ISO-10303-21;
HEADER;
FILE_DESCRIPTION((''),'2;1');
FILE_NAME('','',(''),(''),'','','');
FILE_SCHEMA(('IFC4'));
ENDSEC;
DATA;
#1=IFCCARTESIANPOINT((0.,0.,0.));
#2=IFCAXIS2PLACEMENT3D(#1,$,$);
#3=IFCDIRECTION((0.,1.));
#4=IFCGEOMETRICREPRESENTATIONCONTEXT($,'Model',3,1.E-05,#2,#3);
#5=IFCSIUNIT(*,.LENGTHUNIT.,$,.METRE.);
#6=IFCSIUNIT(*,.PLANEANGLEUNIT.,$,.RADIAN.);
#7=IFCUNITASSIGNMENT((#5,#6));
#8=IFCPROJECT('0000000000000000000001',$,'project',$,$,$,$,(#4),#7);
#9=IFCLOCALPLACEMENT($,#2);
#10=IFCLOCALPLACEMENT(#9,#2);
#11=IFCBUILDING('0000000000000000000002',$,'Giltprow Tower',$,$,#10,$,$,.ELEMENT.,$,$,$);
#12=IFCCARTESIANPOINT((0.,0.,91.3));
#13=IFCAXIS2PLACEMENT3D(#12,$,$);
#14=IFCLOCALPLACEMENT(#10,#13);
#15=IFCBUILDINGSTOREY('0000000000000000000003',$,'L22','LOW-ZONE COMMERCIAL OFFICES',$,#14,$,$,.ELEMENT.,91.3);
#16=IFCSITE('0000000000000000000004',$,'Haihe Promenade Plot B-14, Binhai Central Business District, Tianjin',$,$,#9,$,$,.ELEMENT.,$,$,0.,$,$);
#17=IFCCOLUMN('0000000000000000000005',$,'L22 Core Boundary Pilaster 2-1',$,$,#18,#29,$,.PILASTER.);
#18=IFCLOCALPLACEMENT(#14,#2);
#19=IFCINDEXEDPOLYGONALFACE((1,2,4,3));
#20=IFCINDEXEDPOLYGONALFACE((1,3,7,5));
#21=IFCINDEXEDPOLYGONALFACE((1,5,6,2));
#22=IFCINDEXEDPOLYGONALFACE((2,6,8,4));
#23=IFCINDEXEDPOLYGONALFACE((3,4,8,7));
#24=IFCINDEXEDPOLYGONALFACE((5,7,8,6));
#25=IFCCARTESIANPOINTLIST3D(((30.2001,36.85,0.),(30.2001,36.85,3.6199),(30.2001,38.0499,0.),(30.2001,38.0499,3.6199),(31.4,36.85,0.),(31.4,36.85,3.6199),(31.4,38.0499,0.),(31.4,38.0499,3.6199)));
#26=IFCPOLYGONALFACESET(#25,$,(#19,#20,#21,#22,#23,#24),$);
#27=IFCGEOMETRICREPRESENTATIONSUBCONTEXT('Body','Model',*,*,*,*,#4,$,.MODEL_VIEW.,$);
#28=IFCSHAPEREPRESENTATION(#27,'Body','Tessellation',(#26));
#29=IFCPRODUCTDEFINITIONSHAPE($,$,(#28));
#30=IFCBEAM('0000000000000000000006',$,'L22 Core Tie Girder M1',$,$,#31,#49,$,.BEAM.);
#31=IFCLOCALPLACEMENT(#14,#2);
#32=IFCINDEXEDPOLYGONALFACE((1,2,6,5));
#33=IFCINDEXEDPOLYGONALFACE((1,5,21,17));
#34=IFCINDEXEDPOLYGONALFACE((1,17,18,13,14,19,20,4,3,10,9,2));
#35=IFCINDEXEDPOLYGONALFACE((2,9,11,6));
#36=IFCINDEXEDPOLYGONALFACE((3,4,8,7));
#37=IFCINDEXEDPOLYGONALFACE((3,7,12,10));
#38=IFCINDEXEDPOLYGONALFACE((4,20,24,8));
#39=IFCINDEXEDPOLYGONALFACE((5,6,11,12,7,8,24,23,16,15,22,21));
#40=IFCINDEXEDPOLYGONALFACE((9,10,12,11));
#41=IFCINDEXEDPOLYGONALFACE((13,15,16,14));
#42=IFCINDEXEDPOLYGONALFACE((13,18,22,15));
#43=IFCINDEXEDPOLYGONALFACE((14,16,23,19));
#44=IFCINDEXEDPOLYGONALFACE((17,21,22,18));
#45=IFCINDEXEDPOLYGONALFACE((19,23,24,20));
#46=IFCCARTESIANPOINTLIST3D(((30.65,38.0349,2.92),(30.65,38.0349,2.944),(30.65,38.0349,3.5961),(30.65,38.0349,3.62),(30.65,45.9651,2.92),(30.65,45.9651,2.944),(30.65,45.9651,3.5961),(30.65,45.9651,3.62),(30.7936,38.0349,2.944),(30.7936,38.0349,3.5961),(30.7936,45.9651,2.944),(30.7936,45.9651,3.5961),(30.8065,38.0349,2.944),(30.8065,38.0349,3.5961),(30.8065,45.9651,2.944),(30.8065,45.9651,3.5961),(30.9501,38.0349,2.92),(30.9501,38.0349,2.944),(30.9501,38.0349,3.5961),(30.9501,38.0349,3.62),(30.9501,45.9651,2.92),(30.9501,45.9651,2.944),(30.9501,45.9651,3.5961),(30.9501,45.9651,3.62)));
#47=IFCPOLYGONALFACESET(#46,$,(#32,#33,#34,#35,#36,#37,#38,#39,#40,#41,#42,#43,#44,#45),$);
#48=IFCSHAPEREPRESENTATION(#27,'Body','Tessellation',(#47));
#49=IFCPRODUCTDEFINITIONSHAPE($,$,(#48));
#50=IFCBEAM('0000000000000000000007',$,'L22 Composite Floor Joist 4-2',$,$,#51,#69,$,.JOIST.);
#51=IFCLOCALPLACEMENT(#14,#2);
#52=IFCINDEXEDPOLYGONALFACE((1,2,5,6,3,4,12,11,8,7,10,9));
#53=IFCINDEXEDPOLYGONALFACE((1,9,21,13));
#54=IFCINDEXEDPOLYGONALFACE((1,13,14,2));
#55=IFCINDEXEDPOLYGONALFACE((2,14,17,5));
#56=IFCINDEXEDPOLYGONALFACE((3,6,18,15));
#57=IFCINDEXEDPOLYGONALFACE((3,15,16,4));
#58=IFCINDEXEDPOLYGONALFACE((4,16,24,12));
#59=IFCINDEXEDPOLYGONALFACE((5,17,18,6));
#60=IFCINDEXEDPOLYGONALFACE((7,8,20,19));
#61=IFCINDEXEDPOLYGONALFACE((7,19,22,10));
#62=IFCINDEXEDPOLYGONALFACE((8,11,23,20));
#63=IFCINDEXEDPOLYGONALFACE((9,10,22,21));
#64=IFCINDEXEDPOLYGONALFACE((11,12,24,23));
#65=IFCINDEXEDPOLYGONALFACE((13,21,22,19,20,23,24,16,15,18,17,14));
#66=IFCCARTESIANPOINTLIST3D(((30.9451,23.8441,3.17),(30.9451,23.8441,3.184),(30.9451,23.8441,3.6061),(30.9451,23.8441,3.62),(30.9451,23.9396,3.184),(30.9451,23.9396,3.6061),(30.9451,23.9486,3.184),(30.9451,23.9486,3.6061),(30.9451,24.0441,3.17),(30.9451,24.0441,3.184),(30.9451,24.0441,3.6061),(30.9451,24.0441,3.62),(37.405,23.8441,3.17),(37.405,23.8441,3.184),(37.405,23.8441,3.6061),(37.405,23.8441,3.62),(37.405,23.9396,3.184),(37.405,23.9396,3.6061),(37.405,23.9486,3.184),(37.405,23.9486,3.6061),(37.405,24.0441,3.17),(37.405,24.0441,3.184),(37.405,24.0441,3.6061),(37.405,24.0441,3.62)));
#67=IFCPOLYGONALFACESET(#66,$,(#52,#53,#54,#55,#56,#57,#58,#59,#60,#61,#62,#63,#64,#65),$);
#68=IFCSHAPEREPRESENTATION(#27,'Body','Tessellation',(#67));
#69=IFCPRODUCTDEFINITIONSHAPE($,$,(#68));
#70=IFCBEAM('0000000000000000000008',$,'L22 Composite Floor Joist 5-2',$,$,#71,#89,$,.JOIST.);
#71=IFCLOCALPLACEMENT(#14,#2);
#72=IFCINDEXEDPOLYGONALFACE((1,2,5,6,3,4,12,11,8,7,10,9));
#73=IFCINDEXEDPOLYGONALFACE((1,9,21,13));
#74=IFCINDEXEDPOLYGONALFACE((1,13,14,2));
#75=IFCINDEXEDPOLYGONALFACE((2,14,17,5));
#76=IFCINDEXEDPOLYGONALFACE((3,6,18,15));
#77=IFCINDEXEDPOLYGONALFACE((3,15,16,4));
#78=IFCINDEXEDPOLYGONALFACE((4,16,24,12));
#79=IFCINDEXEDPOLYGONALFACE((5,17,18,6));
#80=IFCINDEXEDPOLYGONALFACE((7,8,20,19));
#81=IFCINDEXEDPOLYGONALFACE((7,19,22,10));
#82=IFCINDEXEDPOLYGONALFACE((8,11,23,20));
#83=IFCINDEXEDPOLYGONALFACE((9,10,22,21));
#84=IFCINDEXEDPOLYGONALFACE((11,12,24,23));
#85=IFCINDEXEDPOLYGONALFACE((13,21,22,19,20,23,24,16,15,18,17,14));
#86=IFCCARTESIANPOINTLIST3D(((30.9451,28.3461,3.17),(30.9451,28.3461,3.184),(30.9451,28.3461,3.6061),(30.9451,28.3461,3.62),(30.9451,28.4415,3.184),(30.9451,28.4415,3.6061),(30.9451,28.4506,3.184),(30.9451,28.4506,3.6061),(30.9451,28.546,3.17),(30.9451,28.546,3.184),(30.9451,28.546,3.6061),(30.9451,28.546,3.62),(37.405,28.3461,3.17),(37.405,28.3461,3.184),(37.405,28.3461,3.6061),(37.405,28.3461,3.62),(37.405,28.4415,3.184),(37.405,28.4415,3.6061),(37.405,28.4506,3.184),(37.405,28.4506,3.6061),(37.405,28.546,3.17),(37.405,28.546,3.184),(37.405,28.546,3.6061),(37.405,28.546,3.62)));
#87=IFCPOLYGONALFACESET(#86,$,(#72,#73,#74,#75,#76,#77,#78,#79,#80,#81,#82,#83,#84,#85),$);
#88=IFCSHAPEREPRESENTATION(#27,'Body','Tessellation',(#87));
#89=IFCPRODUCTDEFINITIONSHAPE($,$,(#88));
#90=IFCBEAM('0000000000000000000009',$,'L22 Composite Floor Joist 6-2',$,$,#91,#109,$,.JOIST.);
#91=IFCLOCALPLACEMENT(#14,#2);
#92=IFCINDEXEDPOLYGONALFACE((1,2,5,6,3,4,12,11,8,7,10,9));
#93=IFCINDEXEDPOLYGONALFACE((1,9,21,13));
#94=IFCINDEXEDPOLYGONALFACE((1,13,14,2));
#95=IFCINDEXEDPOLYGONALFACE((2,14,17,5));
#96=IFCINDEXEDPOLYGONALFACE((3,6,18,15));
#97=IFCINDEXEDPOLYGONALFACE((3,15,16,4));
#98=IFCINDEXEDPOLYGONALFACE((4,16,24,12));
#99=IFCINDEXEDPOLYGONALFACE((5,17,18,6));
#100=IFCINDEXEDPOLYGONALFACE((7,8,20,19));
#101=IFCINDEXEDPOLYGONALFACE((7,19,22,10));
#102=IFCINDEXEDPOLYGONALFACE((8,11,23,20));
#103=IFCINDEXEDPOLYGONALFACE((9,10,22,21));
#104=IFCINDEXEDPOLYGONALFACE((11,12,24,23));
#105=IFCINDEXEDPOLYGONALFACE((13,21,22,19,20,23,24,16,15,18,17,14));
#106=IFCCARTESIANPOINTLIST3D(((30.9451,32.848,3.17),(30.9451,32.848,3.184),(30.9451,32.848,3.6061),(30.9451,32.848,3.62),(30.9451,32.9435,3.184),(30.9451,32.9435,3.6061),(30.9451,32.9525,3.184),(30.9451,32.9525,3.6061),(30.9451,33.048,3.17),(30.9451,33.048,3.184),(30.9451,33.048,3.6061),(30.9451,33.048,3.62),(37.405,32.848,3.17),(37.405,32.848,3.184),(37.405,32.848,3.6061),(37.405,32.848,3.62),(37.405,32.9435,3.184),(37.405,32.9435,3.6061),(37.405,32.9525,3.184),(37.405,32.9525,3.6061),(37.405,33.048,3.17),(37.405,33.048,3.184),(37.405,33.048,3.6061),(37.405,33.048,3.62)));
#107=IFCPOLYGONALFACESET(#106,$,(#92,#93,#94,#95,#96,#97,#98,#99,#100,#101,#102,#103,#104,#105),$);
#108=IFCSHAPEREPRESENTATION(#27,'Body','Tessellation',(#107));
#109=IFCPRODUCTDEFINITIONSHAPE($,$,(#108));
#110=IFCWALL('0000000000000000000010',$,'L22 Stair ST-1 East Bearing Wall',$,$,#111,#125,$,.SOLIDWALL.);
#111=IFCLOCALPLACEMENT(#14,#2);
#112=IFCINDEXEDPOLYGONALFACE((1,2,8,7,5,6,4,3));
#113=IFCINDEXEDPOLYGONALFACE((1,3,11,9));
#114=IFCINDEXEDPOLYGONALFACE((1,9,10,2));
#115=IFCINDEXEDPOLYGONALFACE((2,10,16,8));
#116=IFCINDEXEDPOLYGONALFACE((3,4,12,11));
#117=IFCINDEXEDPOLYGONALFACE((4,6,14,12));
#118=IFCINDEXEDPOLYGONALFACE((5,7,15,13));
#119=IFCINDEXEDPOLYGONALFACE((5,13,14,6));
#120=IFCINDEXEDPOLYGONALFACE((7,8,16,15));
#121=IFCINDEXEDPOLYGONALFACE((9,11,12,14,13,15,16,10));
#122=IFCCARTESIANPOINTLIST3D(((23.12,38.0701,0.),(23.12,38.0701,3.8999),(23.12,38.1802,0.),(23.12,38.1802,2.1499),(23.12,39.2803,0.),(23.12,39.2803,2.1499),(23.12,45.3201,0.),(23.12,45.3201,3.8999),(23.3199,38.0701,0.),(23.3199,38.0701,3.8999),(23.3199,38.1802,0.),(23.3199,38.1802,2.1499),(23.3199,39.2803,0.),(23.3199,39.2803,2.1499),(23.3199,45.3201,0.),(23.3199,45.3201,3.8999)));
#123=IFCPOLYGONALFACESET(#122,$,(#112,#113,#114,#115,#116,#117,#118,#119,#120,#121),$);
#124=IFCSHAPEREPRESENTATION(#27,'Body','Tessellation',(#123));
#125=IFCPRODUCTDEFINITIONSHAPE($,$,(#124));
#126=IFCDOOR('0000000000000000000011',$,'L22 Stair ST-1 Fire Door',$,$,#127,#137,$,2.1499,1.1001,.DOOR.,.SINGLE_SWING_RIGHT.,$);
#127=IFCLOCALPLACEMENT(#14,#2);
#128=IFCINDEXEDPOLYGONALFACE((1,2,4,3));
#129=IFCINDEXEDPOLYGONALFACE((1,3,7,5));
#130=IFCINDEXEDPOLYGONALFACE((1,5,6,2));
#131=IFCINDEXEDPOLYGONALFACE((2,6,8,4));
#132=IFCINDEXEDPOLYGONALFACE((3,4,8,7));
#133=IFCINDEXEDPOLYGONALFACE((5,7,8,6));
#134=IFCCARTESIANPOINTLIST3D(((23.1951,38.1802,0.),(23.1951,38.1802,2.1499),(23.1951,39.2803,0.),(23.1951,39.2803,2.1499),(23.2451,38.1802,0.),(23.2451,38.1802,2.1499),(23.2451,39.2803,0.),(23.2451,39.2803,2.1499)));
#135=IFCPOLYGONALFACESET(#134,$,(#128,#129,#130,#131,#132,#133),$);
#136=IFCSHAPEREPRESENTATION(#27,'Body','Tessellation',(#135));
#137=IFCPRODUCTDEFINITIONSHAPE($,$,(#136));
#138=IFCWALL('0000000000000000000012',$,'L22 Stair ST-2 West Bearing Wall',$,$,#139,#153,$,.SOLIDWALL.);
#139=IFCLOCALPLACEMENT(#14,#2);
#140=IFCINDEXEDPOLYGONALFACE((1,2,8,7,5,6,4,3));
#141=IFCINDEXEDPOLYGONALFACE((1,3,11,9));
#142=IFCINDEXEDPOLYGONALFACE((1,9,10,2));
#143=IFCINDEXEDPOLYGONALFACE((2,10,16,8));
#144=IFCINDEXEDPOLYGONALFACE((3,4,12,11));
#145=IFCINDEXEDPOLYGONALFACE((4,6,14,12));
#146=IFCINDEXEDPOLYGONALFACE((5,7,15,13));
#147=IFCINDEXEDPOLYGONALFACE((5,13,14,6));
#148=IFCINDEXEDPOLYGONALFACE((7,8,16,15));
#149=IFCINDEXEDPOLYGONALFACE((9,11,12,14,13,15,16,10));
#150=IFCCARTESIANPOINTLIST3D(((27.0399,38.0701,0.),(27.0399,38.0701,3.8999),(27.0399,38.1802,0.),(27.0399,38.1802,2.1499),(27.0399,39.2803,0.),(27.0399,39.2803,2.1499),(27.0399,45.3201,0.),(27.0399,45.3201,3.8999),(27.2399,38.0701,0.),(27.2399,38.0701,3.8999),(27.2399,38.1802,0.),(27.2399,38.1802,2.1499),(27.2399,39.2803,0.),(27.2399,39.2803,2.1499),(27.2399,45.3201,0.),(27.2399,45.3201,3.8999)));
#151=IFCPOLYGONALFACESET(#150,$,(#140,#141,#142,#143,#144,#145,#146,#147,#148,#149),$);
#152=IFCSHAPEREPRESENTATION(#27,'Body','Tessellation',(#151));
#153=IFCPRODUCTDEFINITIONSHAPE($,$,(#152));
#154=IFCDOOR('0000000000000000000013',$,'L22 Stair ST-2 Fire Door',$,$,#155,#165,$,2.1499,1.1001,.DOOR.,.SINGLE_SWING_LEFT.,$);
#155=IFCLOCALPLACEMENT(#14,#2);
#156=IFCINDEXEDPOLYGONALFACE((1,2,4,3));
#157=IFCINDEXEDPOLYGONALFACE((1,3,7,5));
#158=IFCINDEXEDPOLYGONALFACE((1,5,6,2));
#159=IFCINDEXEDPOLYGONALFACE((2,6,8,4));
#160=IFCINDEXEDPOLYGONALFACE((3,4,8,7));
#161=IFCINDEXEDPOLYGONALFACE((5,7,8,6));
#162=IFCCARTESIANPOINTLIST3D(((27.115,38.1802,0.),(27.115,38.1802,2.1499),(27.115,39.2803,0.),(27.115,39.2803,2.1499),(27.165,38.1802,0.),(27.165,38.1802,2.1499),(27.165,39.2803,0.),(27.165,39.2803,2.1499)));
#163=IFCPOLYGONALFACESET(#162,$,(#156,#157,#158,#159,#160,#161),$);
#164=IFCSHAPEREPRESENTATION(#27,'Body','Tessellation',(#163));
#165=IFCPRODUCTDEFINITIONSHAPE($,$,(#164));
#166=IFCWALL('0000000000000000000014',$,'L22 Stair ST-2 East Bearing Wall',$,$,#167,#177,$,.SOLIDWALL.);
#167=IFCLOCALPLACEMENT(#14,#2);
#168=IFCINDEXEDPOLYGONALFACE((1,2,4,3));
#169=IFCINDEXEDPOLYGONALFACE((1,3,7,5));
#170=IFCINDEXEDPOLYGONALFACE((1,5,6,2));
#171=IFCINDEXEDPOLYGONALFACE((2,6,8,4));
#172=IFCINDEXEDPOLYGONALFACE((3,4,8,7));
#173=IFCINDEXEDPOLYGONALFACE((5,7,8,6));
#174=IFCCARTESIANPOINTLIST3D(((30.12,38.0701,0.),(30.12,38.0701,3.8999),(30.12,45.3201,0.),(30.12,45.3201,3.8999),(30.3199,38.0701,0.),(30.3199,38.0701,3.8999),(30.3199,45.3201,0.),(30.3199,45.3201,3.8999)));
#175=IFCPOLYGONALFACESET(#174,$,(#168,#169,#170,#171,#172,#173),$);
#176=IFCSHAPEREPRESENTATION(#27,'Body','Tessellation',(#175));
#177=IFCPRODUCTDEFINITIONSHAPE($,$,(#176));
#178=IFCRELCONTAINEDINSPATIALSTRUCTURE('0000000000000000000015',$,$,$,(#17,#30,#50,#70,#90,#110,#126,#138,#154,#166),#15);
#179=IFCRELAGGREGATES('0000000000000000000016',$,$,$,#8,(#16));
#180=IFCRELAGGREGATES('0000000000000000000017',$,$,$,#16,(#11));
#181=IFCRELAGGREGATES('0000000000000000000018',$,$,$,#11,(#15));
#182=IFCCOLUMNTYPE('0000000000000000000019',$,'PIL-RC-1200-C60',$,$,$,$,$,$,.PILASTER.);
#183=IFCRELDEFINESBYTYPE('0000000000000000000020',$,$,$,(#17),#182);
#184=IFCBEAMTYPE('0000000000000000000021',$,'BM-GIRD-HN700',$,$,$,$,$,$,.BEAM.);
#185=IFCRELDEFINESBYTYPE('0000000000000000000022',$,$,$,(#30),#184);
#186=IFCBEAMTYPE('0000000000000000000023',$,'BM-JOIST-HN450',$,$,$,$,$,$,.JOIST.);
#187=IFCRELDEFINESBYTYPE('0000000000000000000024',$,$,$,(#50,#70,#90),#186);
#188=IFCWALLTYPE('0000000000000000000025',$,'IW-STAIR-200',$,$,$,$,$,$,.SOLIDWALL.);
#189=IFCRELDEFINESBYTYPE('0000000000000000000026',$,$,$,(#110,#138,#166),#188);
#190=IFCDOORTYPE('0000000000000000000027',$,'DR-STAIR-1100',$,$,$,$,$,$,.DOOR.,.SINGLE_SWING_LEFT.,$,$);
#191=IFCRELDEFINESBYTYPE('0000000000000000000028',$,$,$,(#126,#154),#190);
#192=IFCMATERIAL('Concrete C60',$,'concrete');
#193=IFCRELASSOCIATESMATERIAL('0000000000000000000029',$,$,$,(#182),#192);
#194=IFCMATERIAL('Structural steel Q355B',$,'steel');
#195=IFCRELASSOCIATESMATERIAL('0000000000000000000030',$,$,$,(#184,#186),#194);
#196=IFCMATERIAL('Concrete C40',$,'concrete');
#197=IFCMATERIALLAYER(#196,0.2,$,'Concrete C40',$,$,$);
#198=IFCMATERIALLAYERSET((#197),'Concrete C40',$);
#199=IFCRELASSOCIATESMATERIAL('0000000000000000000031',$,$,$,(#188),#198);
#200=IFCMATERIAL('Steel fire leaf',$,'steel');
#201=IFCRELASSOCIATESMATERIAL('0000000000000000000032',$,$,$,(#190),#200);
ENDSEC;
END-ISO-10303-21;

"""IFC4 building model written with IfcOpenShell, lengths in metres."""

from ifc_helpers import new_model, si_unit, direction, frame, frame_2d, origin, origin_2d, place, context, subcontext, project, spatial, rectangle, i_section, extrude, source, transform, mapped, material, layer, layer_set, material_profile, profile_set, type_object, element, fill, save


model = new_model("IFC4")

# Units and contexts
model_context = context("Model", 3, precision=1e-05, world=origin(), true_north=direction((0.0, 1.0)))
body_context = subcontext(model_context, "Body", "Model", "MODEL_VIEW")
ifc_project = project(units=[si_unit("LENGTHUNIT", "METRE"), si_unit("PLANEANGLEUNIT", "RADIAN")], contexts=[model_context])

# Site, building, storey
site_placement = place(None, origin())
site = spatial("IfcSite", under=ifc_project, at=site_placement, Name="Haihe Promenade Plot B-14, Binhai Central Business District, Tianjin", CompositionType="ELEMENT", RefElevation=0.0)
building_placement = place(site_placement, origin())
building = spatial("IfcBuilding", under=site, at=building_placement, Name="Giltprow Tower", CompositionType="ELEMENT")
storey_placement = place(building_placement, frame((0.0, 0.0, 91.3)))
storey = spatial("IfcBuildingStorey", under=building, at=storey_placement, Name="L22", Description="LOW-ZONE COMMERCIAL OFFICES", CompositionType="ELEMENT", Elevation=91.3)

# Column
ifc_material_1 = material(Name="Concrete C60", Category="concrete")
ifc_material_profile_1 = material_profile(ifc_material_1, rectangle(XDim=1.2, YDim=1.2, at=origin_2d()), Name="RC 1200x1200")
ifc_profile_set_1 = profile_set([ifc_material_profile_1], Name="Concrete C60")
column_type = type_object("IfcColumnType", Name="PIL-RC-1200-C60", PredefinedType="PILASTER", material=ifc_profile_set_1)
shared_shape_1 = source(origin(), body_context, "Body", "SweptSolid", [
    extrude(rectangle(XDim=1.2, YDim=1.2, at=origin_2d()), origin(), (0.0, 0.0, 1.0), 3.6199),
])
column_placement = place(storey_placement, frame((30.8, 37.45, 0.0), z_axis=(0.0, 0.0, 1.0), x_axis=(1.0, 0.0, 0.0)))
element("IfcColumn", 1, at=column_placement, inside=storey, type_object=column_type, Name="L22 Core Boundary Pilaster 2-1", PredefinedType="PILASTER", context=body_context, shape_type="MappedRepresentation", body=[
    mapped(shared_shape_1, transform((0.0, 0.0, 0.0), x_axis=(1.0, 0.0, 0.0), y_axis=(0.0, 1.0, 0.0), z_axis=(0.0, 0.0, 1.0), scale=1.0)),
])

# Beams
ifc_material_2 = material(Name="Structural steel Q355B", Category="steel")
ifc_material_profile_2 = material_profile(ifc_material_2, i_section(OverallWidth=0.3, OverallDepth=0.7, WebThickness=0.0129, FlangeThickness=0.0239, at=origin_2d()), Name="HN 700x300x13x24")
ifc_profile_set_2 = profile_set([ifc_material_profile_2], Name="Structural steel Q355B")
beam_type_1 = type_object("IfcBeamType", Name="BM-GIRD-HN700", PredefinedType="BEAM", material=ifc_profile_set_2)
shared_shape_2 = source(origin(), body_context, "Body", "SweptSolid", [
    extrude(i_section(OverallWidth=0.3, OverallDepth=0.7, WebThickness=0.0129, FlangeThickness=0.0239, at=origin_2d()), origin(), (0.0, 0.0, 1.0), 7.9302),
])
beam_placement = place(storey_placement, frame((30.8, 38.0349, 3.27), z_axis=(0.0, 1.0, 0.0), x_axis=(-1.0, 0.0, 0.0)))
element("IfcBeam", 2, at=beam_placement, inside=storey, type_object=beam_type_1, Name="L22 Core Tie Girder M1", PredefinedType="BEAM", context=body_context, shape_type="MappedRepresentation", body=[
    mapped(shared_shape_2, transform((0.0, 0.0, 0.0), x_axis=(1.0, 0.0, 0.0), y_axis=(0.0, 1.0, 0.0), z_axis=(0.0, 0.0, 1.0), scale=1.0)),
])
ifc_material_profile_3 = material_profile(ifc_material_2, i_section(OverallWidth=0.2, OverallDepth=0.45, WebThickness=0.009, FlangeThickness=0.0139, at=origin_2d()), Name="HN 450x200x9x14")
ifc_profile_set_3 = profile_set([ifc_material_profile_3], Name="Structural steel Q355B")
beam_type_2 = type_object("IfcBeamType", Name="BM-JOIST-HN450", PredefinedType="JOIST", material=ifc_profile_set_3)
shared_shape_3 = source(origin(), body_context, "Body", "SweptSolid", [
    extrude(i_section(OverallWidth=0.2, OverallDepth=0.45, WebThickness=0.009, FlangeThickness=0.0139, at=origin_2d()), origin(), (0.0, 0.0, 1.0), 6.46),
])
for number, where, z_axis, x_axis, name in (
    (3, (30.9451, 23.9441, 3.395), (1.0, 0.0, 0.0), (0.0, 1.0, 0.0), "L22 Composite Floor Joist 4-2"),
    (4, (30.9451, 28.446, 3.395), (1.0, 0.0, 0.0), (0.0, 1.0, 0.0), "L22 Composite Floor Joist 5-2"),
    (5, (30.9451, 32.948, 3.395), (1.0, 0.0, 0.0), (0.0, 1.0, 0.0), "L22 Composite Floor Joist 6-2"),
):
    element("IfcBeam", number, at=place(storey_placement, frame(where, z_axis=z_axis, x_axis=x_axis)), inside=storey, type_object=beam_type_2, Name=name, PredefinedType="JOIST", context=body_context, shape_type="MappedRepresentation", body=[
        mapped(shared_shape_3, transform((0.0, 0.0, 0.0), x_axis=(1.0, 0.0, 0.0), y_axis=(0.0, 1.0, 0.0), z_axis=(0.0, 0.0, 1.0), scale=1.0)),
    ])

# Walls, openings, doors
ifc_material_3 = material(Name="Concrete C40", Category="concrete")
ifc_layer = layer(ifc_material_3, 0.2, Name="Concrete C40")
ifc_layer_set = layer_set([ifc_layer], Name="Concrete C40")
wall_type = type_object("IfcWallType", Name="IW-STAIR-200", PredefinedType="SOLIDWALL", material=ifc_layer_set)
wall_1_placement = place(storey_placement, frame((23.22, 38.0701, 0.0), z_axis=(0.0, 0.0, 1.0), x_axis=(0.0, 1.0, 0.0)))
wall_1 = element("IfcWall", 6, at=wall_1_placement, inside=storey, type_object=wall_type, Name="L22 Stair ST-1 East Bearing Wall", PredefinedType="SOLIDWALL", context=body_context, shape_type="SweptSolid", body=[
    extrude(rectangle(XDim=7.25, YDim=0.2, at=frame_2d((3.625, 0.0))), origin(), (0.0, 0.0, 1.0), 3.8999),
])
opening_1_placement = place(wall_1_placement, frame((0.1101, 0.0, 0.0)))
opening_1 = element("IfcOpeningElement", 7, at=opening_1_placement, cuts=wall_1, PredefinedType="OPENING", context=body_context, shape_type="SweptSolid", body=[
    extrude(rectangle(XDim=1.1001, YDim=2.1499, at=frame_2d((0.55, 1.075))), frame((0.0, 0.1099, 0.0), z_axis=(0.0, -1.0, 0.0), x_axis=(1.0, 0.0, 0.0)), (0.0, 0.0, 1.0), 0.22),
])
ifc_material_4 = material(Name="Steel fire leaf", Category="steel")
door_type = type_object("IfcDoorType", Name="DR-STAIR-1100", OperationType="SINGLE_SWING_LEFT", PredefinedType="DOOR", material=ifc_material_4)
shared_shape_4 = source(origin(), body_context, "Body", "SweptSolid", [
    extrude(rectangle(XDim=1.1001, YDim=2.1499, at=frame_2d((0.55, 1.075))), frame((0.0, 0.0249, 0.0), z_axis=(0.0, -1.0, 0.0), x_axis=(1.0, 0.0, 0.0)), (0.0, 0.0, 1.0), 0.05),
])
door_1_placement = place(opening_1_placement, origin())
door_1 = element("IfcDoor", 8, at=door_1_placement, inside=storey, type_object=door_type, Name="L22 Stair ST-1 Fire Door", OperationType="SINGLE_SWING_RIGHT", OverallHeight=2.1499, OverallWidth=1.1001, PredefinedType="DOOR", context=body_context, shape_type="MappedRepresentation", body=[
    mapped(shared_shape_4, transform((0.0, 0.0, 0.0), x_axis=(1.0, 0.0, 0.0), y_axis=(0.0, 1.0, 0.0), z_axis=(0.0, 0.0, 1.0), scale=1.0)),
])
fill(opening_1, door_1)
wall_2_placement = place(storey_placement, frame((27.1399, 38.0701, 0.0), z_axis=(0.0, 0.0, 1.0), x_axis=(0.0, 1.0, 0.0)))
wall_2 = element("IfcWall", 9, at=wall_2_placement, inside=storey, type_object=wall_type, Name="L22 Stair ST-2 West Bearing Wall", PredefinedType="SOLIDWALL", context=body_context, shape_type="SweptSolid", body=[
    extrude(rectangle(XDim=7.25, YDim=0.2, at=frame_2d((3.625, 0.0))), origin(), (0.0, 0.0, 1.0), 3.8999),
])
opening_2_placement = place(wall_2_placement, frame((0.1101, 0.0, 0.0)))
opening_2 = element("IfcOpeningElement", 10, at=opening_2_placement, cuts=wall_2, PredefinedType="OPENING", context=body_context, shape_type="SweptSolid", body=[
    extrude(rectangle(XDim=1.1001, YDim=2.1499, at=frame_2d((0.55, 1.075))), frame((0.0, 0.1099, 0.0), z_axis=(0.0, -1.0, 0.0), x_axis=(1.0, 0.0, 0.0)), (0.0, 0.0, 1.0), 0.22),
])
door_2_placement = place(opening_2_placement, origin())
door_2 = element("IfcDoor", 11, at=door_2_placement, inside=storey, type_object=door_type, Name="L22 Stair ST-2 Fire Door", OperationType="SINGLE_SWING_LEFT", OverallHeight=2.1499, OverallWidth=1.1001, PredefinedType="DOOR", context=body_context, shape_type="MappedRepresentation", body=[
    mapped(shared_shape_4, transform((0.0, 0.0, 0.0), x_axis=(1.0, 0.0, 0.0), y_axis=(0.0, 1.0, 0.0), z_axis=(0.0, 0.0, 1.0), scale=1.0)),
])
fill(opening_2, door_2)

# Wall
wall_3_placement = place(storey_placement, frame((30.22, 38.0701, 0.0), z_axis=(0.0, 0.0, 1.0), x_axis=(0.0, 1.0, 0.0)))
element("IfcWall", 12, at=wall_3_placement, inside=storey, type_object=wall_type, Name="L22 Stair ST-2 East Bearing Wall", PredefinedType="SOLIDWALL", context=body_context, shape_type="SweptSolid", body=[
    extrude(rectangle(XDim=7.25, YDim=0.2, at=frame_2d((3.625, 0.0))), origin(), (0.0, 0.0, 1.0), 3.8999),
])

save(model, "model.ifc")
